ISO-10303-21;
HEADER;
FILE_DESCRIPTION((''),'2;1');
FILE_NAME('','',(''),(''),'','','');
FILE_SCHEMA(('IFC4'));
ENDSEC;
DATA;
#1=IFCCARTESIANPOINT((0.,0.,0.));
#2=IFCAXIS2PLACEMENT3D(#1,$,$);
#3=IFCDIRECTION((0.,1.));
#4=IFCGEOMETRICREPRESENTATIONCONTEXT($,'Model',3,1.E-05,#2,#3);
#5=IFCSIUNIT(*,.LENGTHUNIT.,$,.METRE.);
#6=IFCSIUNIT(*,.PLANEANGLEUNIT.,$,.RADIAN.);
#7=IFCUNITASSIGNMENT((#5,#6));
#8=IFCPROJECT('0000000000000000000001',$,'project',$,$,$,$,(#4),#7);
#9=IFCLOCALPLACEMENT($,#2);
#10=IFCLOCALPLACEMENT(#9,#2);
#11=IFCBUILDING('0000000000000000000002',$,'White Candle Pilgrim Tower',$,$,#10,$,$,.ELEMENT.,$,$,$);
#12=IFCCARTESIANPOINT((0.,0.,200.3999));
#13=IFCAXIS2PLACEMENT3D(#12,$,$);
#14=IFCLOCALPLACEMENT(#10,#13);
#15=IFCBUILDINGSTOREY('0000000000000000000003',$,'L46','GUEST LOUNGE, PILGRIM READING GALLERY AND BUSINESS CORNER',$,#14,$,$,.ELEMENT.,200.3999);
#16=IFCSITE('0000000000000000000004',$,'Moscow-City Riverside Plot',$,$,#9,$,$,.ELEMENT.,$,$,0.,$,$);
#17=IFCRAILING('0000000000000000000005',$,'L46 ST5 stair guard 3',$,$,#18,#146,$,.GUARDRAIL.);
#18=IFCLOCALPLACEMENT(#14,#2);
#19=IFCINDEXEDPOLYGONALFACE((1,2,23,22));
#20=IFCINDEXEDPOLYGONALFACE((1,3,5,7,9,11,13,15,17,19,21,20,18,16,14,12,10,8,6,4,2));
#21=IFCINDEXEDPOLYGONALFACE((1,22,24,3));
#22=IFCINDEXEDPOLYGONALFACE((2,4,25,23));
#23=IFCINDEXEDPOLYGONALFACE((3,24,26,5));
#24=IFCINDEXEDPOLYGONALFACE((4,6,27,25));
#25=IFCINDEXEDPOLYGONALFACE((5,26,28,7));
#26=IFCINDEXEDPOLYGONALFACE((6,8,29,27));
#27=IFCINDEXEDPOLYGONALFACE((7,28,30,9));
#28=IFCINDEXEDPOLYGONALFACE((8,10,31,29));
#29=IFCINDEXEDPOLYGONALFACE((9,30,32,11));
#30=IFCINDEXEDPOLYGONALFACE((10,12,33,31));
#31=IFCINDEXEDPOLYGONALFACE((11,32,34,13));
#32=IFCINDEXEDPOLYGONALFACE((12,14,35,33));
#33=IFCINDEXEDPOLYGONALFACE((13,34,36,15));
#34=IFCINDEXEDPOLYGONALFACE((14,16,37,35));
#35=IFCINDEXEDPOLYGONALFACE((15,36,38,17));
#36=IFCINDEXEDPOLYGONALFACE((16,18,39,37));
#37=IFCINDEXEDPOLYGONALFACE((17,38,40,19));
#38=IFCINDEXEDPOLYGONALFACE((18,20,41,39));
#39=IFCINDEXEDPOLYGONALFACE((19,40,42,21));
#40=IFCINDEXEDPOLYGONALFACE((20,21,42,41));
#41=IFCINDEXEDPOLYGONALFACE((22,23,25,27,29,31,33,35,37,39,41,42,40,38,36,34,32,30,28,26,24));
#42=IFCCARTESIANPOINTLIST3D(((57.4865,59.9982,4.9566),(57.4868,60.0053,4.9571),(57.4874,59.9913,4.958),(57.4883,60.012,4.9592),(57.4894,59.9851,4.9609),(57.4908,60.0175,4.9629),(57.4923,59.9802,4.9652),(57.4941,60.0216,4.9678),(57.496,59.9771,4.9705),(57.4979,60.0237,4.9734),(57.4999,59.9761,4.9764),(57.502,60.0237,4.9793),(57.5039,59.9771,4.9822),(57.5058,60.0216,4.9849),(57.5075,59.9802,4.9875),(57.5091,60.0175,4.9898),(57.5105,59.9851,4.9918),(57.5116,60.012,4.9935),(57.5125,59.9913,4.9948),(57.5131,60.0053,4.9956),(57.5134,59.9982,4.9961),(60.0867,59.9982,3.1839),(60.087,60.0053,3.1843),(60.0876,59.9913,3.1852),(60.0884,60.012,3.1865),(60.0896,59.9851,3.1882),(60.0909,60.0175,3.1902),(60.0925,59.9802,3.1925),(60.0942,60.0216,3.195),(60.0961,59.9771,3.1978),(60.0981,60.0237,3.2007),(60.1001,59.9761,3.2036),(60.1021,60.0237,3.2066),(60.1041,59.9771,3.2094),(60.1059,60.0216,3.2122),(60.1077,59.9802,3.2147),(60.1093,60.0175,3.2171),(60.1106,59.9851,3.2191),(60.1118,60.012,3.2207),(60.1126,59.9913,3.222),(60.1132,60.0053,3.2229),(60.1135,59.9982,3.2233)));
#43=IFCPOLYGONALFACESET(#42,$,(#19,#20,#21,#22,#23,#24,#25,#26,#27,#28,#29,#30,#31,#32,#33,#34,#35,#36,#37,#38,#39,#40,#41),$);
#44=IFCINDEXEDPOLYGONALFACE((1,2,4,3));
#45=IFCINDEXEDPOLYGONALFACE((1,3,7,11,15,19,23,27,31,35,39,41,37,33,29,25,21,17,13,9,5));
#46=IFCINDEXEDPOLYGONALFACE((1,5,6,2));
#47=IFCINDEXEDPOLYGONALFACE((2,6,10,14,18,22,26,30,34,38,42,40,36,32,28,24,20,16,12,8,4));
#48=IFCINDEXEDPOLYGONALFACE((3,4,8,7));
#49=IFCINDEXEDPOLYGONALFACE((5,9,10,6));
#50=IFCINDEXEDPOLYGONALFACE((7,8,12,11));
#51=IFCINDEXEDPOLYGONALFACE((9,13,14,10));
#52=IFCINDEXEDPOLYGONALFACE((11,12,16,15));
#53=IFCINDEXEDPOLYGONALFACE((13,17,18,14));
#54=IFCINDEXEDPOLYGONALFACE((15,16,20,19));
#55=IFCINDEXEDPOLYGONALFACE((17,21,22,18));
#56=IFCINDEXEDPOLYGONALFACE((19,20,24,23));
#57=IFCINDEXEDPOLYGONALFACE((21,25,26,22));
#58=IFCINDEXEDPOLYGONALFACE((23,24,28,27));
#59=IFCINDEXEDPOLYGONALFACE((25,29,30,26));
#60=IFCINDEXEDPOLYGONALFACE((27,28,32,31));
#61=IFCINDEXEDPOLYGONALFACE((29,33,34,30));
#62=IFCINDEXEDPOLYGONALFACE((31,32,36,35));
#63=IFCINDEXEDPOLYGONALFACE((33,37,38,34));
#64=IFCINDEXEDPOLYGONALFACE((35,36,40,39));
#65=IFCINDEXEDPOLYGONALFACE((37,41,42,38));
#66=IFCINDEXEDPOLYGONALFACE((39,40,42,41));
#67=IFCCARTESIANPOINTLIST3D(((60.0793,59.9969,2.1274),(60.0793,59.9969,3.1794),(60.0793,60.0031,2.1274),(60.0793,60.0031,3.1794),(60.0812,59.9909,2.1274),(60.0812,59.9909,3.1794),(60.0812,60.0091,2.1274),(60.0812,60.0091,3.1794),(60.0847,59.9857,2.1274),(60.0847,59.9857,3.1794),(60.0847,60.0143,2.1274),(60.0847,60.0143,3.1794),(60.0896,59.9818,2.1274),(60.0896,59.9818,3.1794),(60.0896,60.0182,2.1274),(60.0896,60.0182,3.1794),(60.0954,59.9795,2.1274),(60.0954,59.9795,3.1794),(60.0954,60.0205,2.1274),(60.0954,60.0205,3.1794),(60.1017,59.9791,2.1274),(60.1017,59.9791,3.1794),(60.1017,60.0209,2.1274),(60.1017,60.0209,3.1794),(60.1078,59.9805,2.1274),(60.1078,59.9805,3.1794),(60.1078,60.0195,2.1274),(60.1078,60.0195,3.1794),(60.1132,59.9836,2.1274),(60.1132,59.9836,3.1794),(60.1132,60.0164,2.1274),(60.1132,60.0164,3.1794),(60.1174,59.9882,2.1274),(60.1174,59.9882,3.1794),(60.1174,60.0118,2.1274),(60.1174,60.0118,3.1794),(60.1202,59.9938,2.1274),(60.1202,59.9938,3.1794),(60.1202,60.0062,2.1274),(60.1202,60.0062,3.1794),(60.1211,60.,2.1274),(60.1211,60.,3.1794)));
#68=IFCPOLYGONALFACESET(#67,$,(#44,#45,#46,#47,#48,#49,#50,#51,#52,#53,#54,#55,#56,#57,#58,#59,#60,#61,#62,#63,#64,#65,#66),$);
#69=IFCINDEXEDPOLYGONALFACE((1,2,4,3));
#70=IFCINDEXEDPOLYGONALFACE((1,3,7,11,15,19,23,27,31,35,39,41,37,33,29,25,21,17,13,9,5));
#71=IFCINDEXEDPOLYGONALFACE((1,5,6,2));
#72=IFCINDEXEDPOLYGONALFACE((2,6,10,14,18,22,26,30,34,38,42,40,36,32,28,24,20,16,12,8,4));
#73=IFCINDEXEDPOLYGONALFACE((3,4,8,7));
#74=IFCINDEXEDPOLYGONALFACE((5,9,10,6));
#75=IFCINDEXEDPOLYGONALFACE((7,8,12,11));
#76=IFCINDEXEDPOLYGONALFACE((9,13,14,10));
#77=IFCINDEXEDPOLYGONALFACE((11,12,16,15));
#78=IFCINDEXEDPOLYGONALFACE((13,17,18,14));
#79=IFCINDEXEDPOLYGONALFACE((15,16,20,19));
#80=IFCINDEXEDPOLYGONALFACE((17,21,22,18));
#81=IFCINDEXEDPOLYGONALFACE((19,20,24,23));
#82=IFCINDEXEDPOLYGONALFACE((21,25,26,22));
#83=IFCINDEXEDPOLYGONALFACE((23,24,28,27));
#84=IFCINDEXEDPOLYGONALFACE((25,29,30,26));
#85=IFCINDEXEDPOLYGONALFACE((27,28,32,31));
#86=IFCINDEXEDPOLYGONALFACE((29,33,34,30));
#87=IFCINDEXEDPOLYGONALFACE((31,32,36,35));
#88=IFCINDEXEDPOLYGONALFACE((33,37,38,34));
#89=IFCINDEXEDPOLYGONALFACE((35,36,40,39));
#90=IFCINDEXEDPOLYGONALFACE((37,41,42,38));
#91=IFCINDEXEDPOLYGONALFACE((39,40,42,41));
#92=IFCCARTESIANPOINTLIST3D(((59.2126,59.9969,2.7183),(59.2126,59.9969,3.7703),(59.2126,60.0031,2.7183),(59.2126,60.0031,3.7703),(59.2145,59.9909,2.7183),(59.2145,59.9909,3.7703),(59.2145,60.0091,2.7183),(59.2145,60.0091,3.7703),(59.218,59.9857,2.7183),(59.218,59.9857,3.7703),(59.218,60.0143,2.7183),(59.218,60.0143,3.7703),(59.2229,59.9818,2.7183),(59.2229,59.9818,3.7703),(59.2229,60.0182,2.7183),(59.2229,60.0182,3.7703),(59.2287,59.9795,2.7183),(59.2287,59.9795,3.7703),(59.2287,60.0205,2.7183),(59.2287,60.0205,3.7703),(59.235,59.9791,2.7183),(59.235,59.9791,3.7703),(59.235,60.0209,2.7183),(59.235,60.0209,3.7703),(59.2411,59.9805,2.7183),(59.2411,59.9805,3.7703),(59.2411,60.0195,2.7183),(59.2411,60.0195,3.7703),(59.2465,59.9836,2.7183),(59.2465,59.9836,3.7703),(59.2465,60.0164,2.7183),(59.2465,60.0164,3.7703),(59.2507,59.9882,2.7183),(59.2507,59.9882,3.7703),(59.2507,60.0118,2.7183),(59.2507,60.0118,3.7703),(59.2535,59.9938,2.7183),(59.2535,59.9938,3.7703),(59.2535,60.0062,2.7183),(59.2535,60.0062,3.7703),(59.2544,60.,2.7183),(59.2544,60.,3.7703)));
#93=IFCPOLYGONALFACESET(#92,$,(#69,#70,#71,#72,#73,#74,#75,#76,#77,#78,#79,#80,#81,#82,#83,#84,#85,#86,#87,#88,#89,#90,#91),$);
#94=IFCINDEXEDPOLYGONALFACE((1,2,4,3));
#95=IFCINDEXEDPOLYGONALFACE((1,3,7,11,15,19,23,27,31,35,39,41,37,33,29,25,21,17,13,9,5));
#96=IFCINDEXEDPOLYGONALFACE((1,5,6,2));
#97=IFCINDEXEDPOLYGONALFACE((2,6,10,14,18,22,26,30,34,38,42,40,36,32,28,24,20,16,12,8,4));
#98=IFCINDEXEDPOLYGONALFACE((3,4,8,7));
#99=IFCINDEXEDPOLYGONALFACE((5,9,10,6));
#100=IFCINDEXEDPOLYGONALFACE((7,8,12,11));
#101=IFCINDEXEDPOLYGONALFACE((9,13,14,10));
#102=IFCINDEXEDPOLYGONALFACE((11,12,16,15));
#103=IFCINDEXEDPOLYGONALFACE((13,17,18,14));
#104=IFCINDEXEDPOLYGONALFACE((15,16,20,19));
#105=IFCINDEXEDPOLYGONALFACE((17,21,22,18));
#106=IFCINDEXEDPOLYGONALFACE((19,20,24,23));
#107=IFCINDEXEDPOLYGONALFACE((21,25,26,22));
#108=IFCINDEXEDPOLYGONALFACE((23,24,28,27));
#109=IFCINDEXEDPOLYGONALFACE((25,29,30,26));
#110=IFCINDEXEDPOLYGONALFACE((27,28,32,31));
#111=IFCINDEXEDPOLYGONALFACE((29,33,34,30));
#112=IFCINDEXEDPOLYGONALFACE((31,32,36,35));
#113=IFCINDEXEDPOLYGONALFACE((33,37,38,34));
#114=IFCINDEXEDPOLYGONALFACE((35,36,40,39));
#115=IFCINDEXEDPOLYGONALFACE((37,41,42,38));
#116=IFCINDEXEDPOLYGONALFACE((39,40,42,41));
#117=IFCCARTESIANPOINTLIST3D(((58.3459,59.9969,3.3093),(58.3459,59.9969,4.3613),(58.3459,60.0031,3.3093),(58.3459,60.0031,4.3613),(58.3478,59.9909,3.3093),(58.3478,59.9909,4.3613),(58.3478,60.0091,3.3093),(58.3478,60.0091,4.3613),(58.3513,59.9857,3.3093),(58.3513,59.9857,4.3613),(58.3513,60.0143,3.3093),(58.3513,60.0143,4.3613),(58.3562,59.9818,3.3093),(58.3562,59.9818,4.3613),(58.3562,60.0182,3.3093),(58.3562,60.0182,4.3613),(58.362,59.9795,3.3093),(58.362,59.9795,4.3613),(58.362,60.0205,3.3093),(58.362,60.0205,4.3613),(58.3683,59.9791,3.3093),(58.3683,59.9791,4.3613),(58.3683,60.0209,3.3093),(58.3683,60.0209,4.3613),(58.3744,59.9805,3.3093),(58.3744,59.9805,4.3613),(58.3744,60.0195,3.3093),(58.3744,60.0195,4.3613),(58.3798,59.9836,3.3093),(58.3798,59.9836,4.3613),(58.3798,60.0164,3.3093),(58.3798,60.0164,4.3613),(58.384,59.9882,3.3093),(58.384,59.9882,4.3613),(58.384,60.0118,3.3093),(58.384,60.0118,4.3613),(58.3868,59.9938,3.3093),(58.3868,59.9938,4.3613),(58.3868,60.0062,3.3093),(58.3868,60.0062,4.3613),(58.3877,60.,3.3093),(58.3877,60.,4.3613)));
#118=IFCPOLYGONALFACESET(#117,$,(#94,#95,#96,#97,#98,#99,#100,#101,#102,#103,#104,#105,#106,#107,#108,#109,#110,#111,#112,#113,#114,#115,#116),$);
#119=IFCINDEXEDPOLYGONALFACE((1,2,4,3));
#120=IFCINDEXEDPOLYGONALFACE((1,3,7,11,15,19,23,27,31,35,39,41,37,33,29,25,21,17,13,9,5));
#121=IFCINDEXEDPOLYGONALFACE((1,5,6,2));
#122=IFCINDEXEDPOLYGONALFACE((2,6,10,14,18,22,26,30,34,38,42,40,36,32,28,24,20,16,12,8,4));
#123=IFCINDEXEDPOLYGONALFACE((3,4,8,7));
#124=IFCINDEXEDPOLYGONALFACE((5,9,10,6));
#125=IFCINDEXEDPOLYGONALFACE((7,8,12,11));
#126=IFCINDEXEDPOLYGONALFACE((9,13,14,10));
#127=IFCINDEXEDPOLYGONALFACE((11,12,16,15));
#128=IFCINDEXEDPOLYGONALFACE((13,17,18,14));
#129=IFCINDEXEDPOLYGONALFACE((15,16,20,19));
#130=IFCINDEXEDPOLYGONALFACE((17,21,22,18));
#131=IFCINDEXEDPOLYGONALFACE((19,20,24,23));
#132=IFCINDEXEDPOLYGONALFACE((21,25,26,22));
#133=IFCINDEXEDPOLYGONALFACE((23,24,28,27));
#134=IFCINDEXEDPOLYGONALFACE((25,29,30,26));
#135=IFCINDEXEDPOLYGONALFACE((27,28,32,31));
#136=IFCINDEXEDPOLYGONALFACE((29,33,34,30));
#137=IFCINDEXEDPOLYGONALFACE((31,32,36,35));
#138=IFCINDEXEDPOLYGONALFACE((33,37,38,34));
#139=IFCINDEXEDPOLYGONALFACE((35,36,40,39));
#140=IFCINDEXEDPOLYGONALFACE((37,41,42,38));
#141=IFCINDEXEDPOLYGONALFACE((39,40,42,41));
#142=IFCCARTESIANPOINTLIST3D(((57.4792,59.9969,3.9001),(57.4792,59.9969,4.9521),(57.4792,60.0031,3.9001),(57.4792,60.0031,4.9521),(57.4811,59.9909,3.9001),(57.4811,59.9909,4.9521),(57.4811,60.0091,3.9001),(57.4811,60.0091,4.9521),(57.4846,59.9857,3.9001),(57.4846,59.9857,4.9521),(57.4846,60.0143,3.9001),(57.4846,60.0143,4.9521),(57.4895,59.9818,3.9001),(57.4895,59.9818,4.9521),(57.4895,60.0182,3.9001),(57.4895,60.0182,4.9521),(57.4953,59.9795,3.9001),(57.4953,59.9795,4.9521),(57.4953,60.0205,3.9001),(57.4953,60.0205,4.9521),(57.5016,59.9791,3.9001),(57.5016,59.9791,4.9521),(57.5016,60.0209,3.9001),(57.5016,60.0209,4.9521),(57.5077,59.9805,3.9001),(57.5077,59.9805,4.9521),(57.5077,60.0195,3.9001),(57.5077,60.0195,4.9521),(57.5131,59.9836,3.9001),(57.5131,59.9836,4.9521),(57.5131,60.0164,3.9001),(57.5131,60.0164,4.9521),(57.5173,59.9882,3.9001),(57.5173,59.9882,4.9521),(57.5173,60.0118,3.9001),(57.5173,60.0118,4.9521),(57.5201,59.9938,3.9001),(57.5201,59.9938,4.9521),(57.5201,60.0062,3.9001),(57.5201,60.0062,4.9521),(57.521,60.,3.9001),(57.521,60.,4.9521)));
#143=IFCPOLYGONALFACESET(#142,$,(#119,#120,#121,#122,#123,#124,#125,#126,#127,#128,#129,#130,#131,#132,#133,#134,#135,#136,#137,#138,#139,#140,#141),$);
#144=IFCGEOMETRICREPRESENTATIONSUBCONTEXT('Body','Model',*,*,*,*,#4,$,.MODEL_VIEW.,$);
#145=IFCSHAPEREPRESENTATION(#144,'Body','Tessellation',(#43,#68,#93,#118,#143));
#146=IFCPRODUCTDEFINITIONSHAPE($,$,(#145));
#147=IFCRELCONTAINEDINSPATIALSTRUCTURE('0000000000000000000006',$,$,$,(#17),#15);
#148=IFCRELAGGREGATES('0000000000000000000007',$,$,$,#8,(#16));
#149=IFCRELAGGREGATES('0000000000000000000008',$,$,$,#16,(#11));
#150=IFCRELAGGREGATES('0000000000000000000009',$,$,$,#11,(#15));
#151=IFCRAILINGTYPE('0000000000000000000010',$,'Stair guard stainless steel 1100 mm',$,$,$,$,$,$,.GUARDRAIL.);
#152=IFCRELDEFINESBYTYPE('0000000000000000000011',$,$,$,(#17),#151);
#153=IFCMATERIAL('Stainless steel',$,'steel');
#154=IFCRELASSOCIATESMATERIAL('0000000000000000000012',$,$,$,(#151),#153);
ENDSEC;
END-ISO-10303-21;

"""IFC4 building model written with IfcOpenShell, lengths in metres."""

from ifc_helpers import new_model, si_unit, direction, frame, origin, origin_2d, place, context, subcontext, project, spatial, circle, extrude, material, type_object, element, save


model = new_model("IFC4")

# Units and contexts
model_context = context("Model", 3, precision=1e-05, world=origin(), true_north=direction((0.0, 1.0)))
body_context = subcontext(model_context, "Body", "Model", "MODEL_VIEW")
ifc_project = project(units=[si_unit("LENGTHUNIT", "METRE"), si_unit("PLANEANGLEUNIT", "RADIAN")], contexts=[model_context])

# Site, building, storey
site_placement = place(None, origin())
site = spatial("IfcSite", under=ifc_project, at=site_placement, Name="Moscow-City Riverside Plot", CompositionType="ELEMENT", RefElevation=0.0)
building_placement = place(site_placement, origin())
building = spatial("IfcBuilding", under=site, at=building_placement, Name="White Candle Pilgrim Tower", CompositionType="ELEMENT")
storey_placement = place(building_placement, frame((0.0, 0.0, 200.3999)))
storey = spatial("IfcBuildingStorey", under=building, at=storey_placement, Name="L46", Description="GUEST LOUNGE, PILGRIM READING GALLERY AND BUSINESS CORNER", CompositionType="ELEMENT", Elevation=200.3999)

# Railing
ifc_material_1 = material(Name="Stainless steel", Category="steel")
railing_type_1 = type_object("IfcRailingType", Name="Stair guard stainless steel 1100 mm", PredefinedType="GUARDRAIL", material=ifc_material_1)
railing_1_placement = place(storey_placement, frame((60.1001, 60.0, 2.1274)))
element("IfcRailing", 1, at=railing_1_placement, inside=storey, type_object=railing_type_1, Name="L46 ST5 stair guard 3", PredefinedType="GUARDRAIL", context=body_context, shape_type="SweptSolid", body=[
    extrude(circle(Radius=0.0239, at=origin_2d()), frame((0.0, 0.0, 1.0762), z_axis=(-0.82624, 0.0, 0.563318), x_axis=(0.0, -1.0, 0.0)), (0.0, 0.0, 1.0), 3.147),
    extrude(circle(Radius=0.021, at=origin_2d()), origin(), (0.0, 0.0, 1.0), 1.052),
    extrude(circle(Radius=0.021, at=origin_2d()), frame((-0.8667, 0.0, 0.5908)), (0.0, 0.0, 1.0), 1.052),
    extrude(circle(Radius=0.021, at=origin_2d()), frame((-1.7334, 0.0, 1.1819)), (0.0, 0.0, 1.0), 1.052),
    extrude(circle(Radius=0.021, at=origin_2d()), frame((-2.6001, 0.0, 1.7727)), (0.0, 0.0, 1.0), 1.052),
])

save(model, "model.ifc")
